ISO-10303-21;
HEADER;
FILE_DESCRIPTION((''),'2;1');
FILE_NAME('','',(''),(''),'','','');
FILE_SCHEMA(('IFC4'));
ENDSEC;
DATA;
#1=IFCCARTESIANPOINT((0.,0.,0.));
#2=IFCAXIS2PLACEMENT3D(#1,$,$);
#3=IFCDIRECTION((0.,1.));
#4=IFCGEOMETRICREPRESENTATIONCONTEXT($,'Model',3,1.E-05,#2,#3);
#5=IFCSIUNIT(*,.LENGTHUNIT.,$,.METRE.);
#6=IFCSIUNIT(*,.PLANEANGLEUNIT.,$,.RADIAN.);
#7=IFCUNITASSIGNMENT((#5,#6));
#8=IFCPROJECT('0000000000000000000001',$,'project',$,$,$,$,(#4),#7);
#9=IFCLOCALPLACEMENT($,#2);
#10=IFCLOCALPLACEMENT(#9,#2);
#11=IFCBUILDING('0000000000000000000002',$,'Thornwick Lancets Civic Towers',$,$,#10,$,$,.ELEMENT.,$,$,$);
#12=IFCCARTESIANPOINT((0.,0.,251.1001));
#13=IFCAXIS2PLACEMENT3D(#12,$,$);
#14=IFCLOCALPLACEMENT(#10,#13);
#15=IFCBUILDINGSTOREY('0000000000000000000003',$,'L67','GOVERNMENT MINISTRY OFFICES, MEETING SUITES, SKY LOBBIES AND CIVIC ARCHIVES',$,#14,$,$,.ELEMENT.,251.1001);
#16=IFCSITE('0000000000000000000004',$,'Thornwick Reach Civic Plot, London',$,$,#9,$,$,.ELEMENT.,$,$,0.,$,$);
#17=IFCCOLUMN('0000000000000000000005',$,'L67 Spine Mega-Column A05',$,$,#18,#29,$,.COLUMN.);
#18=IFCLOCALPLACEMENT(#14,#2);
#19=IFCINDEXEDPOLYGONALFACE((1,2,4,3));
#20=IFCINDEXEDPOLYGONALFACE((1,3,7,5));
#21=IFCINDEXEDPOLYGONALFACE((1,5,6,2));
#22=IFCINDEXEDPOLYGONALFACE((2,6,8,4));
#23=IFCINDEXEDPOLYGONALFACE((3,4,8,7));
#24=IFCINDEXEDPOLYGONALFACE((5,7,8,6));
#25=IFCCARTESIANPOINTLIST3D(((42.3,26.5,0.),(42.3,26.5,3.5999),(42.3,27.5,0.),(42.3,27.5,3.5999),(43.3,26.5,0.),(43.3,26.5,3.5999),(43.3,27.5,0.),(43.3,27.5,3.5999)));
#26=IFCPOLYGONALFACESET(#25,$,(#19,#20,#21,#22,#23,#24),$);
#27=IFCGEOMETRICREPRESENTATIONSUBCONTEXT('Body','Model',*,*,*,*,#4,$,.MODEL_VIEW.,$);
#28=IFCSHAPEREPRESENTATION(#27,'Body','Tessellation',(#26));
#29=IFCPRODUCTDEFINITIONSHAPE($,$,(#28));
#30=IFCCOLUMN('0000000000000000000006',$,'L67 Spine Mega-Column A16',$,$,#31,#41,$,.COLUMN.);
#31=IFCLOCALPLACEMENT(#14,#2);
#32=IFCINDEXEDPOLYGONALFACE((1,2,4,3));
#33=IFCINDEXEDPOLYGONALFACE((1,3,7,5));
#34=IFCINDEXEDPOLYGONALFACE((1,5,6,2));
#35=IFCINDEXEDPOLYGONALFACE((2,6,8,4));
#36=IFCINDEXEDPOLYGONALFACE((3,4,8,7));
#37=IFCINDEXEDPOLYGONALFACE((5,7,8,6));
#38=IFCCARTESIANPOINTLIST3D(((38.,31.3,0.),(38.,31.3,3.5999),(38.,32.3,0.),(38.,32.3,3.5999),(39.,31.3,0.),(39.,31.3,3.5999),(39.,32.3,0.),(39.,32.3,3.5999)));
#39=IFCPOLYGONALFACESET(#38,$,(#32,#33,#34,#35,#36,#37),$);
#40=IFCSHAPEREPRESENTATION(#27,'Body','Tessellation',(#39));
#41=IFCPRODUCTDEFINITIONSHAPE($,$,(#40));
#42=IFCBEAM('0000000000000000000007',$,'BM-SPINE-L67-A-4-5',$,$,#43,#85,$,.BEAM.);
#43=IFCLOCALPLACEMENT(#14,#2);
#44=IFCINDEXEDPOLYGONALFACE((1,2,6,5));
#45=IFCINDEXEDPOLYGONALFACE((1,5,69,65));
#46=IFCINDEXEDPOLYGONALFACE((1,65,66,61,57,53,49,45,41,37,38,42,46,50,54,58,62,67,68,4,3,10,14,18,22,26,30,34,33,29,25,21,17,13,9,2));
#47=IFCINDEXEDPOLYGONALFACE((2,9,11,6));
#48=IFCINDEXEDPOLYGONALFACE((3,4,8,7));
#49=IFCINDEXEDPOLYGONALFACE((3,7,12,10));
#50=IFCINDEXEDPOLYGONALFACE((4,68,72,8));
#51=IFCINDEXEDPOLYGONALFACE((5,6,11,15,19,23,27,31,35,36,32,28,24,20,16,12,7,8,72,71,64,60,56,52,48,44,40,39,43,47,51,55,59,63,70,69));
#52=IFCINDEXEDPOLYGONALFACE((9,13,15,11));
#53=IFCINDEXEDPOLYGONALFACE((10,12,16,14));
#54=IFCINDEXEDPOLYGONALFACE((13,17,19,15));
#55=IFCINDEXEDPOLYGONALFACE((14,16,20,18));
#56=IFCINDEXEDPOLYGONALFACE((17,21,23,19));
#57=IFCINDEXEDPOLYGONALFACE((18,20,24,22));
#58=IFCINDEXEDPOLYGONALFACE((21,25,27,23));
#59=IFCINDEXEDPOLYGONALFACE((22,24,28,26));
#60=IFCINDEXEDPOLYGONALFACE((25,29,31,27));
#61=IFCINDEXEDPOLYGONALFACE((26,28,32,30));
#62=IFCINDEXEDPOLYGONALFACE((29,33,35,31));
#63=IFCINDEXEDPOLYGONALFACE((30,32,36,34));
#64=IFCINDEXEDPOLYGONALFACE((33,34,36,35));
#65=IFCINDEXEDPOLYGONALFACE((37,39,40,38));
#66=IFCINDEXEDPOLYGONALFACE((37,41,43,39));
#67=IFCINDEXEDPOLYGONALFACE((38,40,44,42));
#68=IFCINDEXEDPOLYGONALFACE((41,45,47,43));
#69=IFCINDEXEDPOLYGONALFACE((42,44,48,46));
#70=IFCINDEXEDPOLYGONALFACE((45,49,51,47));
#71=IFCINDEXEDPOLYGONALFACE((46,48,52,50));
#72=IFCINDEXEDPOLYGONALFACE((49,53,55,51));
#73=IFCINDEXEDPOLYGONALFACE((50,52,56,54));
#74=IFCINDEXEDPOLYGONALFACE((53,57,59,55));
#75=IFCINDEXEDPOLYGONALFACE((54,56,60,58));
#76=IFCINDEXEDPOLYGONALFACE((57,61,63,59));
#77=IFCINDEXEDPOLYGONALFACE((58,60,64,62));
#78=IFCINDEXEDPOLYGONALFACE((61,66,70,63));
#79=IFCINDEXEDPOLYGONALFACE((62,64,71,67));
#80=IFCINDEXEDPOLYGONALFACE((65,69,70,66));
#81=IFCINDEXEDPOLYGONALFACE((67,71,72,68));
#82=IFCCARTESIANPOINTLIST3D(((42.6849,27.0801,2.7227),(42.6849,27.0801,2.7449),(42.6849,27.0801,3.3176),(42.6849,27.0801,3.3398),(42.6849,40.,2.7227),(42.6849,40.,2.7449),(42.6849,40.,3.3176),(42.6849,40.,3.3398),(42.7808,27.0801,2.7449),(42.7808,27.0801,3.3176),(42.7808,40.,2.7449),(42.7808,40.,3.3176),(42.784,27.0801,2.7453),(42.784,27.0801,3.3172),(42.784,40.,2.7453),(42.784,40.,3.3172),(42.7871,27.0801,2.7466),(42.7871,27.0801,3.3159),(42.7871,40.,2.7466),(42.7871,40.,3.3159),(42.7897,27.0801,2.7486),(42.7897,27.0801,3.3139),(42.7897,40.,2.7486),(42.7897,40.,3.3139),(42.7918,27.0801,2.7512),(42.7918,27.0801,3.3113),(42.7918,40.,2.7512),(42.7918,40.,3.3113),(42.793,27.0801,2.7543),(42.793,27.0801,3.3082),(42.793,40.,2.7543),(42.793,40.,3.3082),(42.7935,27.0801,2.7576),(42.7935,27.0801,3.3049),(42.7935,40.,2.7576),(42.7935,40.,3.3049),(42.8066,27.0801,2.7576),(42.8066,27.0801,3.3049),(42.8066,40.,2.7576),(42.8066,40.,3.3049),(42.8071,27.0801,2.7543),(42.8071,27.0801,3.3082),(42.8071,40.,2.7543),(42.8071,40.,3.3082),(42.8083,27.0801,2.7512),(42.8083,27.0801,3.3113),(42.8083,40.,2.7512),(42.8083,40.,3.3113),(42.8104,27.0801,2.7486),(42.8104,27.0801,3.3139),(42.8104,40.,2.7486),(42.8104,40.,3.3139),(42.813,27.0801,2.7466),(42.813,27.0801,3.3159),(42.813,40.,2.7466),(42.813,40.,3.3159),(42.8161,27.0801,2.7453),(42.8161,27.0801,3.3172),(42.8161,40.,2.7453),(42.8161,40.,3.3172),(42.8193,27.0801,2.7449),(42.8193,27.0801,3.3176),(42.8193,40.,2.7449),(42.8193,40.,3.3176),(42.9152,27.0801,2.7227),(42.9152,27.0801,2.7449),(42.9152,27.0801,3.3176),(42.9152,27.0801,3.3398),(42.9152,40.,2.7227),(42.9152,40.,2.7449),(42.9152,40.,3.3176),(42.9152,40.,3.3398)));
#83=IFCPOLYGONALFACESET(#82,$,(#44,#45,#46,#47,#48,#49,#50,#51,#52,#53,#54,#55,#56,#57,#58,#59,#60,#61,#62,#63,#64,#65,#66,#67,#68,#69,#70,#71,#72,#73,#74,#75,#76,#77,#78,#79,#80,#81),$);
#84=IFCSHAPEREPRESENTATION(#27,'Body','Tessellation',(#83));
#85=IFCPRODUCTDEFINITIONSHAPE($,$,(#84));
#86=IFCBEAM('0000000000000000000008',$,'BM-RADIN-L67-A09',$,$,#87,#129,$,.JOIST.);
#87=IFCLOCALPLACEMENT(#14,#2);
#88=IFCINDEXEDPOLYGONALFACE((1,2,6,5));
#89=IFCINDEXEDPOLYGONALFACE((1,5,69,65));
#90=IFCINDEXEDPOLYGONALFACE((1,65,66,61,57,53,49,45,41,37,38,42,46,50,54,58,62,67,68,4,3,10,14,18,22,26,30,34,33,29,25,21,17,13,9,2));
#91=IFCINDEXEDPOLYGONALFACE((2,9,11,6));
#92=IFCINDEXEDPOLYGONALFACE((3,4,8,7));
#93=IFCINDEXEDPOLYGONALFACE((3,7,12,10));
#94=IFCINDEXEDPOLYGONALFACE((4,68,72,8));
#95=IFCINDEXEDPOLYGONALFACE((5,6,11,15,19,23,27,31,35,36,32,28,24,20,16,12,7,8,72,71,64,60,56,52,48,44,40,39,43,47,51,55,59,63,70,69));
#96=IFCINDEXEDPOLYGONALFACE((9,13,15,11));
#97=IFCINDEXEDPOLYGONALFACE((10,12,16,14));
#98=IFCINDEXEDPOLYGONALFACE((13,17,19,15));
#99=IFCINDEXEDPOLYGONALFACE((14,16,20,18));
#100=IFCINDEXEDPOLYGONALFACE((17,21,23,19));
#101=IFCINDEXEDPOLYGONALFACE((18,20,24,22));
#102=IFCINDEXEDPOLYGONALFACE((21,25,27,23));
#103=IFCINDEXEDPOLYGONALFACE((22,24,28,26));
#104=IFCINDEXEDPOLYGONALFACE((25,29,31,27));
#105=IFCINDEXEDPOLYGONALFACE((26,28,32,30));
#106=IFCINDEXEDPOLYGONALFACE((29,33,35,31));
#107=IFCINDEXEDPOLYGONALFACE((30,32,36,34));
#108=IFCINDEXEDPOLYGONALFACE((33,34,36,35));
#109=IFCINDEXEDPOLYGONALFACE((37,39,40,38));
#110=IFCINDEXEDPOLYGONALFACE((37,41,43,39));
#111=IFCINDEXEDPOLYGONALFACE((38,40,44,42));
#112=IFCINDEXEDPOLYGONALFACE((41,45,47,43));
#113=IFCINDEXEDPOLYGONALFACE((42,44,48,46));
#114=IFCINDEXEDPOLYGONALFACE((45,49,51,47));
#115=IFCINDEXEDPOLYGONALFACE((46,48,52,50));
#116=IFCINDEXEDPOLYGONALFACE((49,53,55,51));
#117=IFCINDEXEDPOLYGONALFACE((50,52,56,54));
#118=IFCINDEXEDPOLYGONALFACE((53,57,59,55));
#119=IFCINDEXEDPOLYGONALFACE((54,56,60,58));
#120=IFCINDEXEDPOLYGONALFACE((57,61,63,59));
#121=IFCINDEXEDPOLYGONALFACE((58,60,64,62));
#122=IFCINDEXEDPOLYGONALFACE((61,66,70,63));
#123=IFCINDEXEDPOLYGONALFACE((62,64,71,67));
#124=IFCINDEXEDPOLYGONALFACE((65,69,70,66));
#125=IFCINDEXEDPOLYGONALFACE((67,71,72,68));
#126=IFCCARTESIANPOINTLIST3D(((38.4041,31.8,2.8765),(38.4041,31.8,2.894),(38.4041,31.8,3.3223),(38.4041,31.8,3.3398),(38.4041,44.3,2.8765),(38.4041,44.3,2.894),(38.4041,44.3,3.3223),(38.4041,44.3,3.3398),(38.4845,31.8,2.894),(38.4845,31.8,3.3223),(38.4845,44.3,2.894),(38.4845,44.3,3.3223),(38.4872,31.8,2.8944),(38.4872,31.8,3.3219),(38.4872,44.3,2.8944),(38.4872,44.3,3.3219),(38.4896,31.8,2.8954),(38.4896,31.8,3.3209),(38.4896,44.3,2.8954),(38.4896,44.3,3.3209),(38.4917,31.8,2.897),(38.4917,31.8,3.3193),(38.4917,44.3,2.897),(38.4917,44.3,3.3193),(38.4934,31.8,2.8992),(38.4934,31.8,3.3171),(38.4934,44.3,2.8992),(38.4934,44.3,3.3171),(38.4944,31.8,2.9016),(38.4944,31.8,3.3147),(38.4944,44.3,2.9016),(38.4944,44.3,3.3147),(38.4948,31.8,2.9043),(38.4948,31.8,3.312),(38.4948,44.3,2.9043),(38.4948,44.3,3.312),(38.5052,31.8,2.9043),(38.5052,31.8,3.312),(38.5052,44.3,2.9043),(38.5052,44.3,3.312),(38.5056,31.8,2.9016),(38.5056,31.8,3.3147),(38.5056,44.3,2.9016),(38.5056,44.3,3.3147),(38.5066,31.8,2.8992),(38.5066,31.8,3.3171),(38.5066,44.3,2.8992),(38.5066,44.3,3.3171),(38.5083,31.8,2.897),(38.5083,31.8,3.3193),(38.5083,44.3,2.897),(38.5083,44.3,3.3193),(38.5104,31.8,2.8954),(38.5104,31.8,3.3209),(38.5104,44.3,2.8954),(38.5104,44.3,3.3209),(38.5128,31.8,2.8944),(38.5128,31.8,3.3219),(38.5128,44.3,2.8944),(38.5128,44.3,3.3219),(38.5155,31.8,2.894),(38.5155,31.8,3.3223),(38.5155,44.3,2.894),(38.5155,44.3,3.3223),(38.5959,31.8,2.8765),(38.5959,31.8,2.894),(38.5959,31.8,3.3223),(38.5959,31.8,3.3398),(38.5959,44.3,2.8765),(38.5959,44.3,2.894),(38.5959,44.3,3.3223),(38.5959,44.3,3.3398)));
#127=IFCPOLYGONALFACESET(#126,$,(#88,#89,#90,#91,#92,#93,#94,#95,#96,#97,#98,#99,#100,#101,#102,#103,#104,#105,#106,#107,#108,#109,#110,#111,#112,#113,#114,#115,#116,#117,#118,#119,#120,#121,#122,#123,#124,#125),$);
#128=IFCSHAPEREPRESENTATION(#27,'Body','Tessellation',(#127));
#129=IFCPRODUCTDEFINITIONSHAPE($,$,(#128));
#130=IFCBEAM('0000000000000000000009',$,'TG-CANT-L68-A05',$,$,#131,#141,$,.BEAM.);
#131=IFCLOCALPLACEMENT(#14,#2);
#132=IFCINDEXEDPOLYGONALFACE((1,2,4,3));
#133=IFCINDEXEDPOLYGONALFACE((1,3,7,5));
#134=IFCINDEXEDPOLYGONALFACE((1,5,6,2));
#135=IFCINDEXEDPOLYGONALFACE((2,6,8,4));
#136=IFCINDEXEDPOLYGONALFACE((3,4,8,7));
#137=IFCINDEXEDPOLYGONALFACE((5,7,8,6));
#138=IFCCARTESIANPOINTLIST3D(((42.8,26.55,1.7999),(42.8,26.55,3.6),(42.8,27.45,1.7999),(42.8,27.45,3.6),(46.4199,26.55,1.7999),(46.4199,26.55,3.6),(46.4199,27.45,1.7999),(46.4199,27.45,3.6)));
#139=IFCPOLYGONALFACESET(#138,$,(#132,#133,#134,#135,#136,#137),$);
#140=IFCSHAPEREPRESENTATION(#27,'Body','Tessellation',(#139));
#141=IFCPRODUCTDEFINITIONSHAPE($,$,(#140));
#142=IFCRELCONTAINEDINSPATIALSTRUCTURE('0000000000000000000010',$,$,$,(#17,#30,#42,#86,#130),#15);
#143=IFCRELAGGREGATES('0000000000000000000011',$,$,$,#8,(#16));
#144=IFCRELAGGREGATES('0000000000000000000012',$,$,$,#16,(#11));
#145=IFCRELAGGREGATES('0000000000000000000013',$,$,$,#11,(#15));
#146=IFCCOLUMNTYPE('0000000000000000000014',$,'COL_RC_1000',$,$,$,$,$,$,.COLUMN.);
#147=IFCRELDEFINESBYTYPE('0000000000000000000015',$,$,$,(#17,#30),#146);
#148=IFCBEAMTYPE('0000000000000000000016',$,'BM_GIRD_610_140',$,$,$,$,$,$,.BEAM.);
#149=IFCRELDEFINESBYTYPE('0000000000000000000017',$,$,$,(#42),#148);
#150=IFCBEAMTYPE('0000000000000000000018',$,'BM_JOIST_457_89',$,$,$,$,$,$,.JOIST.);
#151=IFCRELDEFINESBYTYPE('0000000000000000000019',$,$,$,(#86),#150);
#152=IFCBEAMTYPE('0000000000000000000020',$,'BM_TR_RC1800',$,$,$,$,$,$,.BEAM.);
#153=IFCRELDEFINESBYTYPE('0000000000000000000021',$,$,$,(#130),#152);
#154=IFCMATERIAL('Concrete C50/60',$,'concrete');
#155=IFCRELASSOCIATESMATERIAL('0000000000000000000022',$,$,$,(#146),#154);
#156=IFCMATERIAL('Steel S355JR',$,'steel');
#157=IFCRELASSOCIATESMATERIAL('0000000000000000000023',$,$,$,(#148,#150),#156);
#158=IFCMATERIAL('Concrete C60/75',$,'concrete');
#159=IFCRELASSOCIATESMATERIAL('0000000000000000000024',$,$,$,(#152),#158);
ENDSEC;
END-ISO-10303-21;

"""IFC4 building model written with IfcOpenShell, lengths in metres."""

from ifc_helpers import new_model, si_unit, direction, frame, origin, origin_2d, place, context, subcontext, project, spatial, rectangle, i_section, extrude, material, material_profile, profile_set, type_object, element, save


model = new_model("IFC4")

# Units and contexts
model_context = context("Model", 3, precision=1e-05, world=origin(), true_north=direction((0.0, 1.0)))
body_context = subcontext(model_context, "Body", "Model", "MODEL_VIEW")
ifc_project = project(units=[si_unit("LENGTHUNIT", "METRE"), si_unit("PLANEANGLEUNIT", "RADIAN")], contexts=[model_context])

# Site, building, storey
site_placement = place(None, origin())
site = spatial("IfcSite", under=ifc_project, at=site_placement, Name="Thornwick Reach Civic Plot, London", CompositionType="ELEMENT", RefElevation=0.0)
building_placement = place(site_placement, origin())
building = spatial("IfcBuilding", under=site, at=building_placement, Name="Thornwick Lancets Civic Towers", CompositionType="ELEMENT")
storey_placement = place(building_placement, frame((0.0, 0.0, 251.1001)))
storey = spatial("IfcBuildingStorey", under=building, at=storey_placement, Name="L67", Description="GOVERNMENT MINISTRY OFFICES, MEETING SUITES, SKY LOBBIES AND CIVIC ARCHIVES", CompositionType="ELEMENT", Elevation=251.1001)

# Columns
ifc_material_1 = material(Name="Concrete C50/60", Category="concrete")
ifc_material_profile_1 = material_profile(ifc_material_1, rectangle(XDim=1.0, YDim=1.0, at=origin_2d()), Name="RC 1000x1000")
ifc_profile_set_1 = profile_set([ifc_material_profile_1], Name="Concrete C50/60")
column_type = type_object("IfcColumnType", Name="COL_RC_1000", PredefinedType="COLUMN", material=ifc_profile_set_1)
for number, where, z_axis, x_axis, name in (
    (1, (42.8, 27.0, 0.0), (0.0, 0.0, 1.0), (1.0, 0.0, 0.0), "L67 Spine Mega-Column A05"),
    (2, (38.5, 31.8, 0.0), (0.0, 0.0, 1.0), (1.0, 0.0, 0.0), "L67 Spine Mega-Column A16"),
):
    element("IfcColumn", number, at=place(storey_placement, frame(where, z_axis=z_axis, x_axis=x_axis)), inside=storey, type_object=column_type, Name=name, PredefinedType="COLUMN", context=body_context, shape_type="SweptSolid", body=[
        extrude(rectangle(XDim=1.0, YDim=1.0, at=origin_2d()), origin(), (0.0, 0.0, 1.0), 3.5999),
    ])

# Beams
ifc_material_2 = material(Name="Steel S355JR", Category="steel")
ifc_material_profile_2 = material_profile(ifc_material_2, i_section(OverallWidth=0.2302, OverallDepth=0.6172, WebThickness=0.0132, FlangeThickness=0.0222, FilletRadius=0.0127, at=origin_2d()), Name="UKB 610x229x140")
ifc_profile_set_2 = profile_set([ifc_material_profile_2], Name="Steel S355JR")
beam_type_1 = type_object("IfcBeamType", Name="BM_GIRD_610_140", PredefinedType="BEAM", material=ifc_profile_set_2)
beam_1_placement = place(storey_placement, frame((42.8, 27.0801, 3.0312), z_axis=(0.0, 1.0, 0.0), x_axis=(-1.0, 0.0, 0.0)))
element("IfcBeam", 3, at=beam_1_placement, inside=storey, type_object=beam_type_1, Name="BM-SPINE-L67-A-4-5", PredefinedType="BEAM", context=body_context, shape_type="SweptSolid", body=[
    extrude(i_section(OverallWidth=0.2302, OverallDepth=0.6172, WebThickness=0.0132, FlangeThickness=0.0222, FilletRadius=0.0127, at=origin_2d()), origin(), (0.0, 0.0, 1.0), 12.9199),
])
ifc_material_profile_3 = material_profile(ifc_material_2, i_section(OverallWidth=0.1919, OverallDepth=0.4634, WebThickness=0.0105, FlangeThickness=0.0176, FilletRadius=0.0103, at=origin_2d()), Name="UKB 457x191x89")
ifc_profile_set_3 = profile_set([ifc_material_profile_3], Name="Steel S355JR")
beam_type_2 = type_object("IfcBeamType", Name="BM_JOIST_457_89", PredefinedType="JOIST", material=ifc_profile_set_3)
beam_2_placement = place(storey_placement, frame((38.5, 31.8, 3.1082), z_axis=(0.0, 1.0, 0.0), x_axis=(-1.0, 0.0, 0.0)))
element("IfcBeam", 4, at=beam_2_placement, inside=storey, type_object=beam_type_2, Name="BM-RADIN-L67-A09", PredefinedType="JOIST", context=body_context, shape_type="SweptSolid", body=[
    extrude(i_section(OverallWidth=0.1919, OverallDepth=0.4634, WebThickness=0.0105, FlangeThickness=0.0176, FilletRadius=0.0103, at=origin_2d()), origin(), (0.0, 0.0, 1.0), 12.5),
])
ifc_material_3 = material(Name="Concrete C60/75", Category="concrete")
ifc_material_profile_4 = material_profile(ifc_material_3, rectangle(XDim=0.8999, YDim=1.8, at=origin_2d()), Name="RC 900x1800")
ifc_profile_set_4 = profile_set([ifc_material_profile_4], Name="Concrete C60/75")
beam_type_3 = type_object("IfcBeamType", Name="BM_TR_RC1800", PredefinedType="BEAM", material=ifc_profile_set_4)
beam_3_placement = place(storey_placement, frame((42.8, 27.0, 2.7), z_axis=(1.0, 0.0, 0.0), x_axis=(0.0, 1.0, 0.0)))
element("IfcBeam", 5, at=beam_3_placement, inside=storey, type_object=beam_type_3, Name="TG-CANT-L68-A05", PredefinedType="BEAM", context=body_context, shape_type="SweptSolid", body=[
    extrude(rectangle(XDim=0.8999, YDim=1.8, at=origin_2d()), origin(), (0.0, 0.0, 1.0), 3.6199),
])

save(model, "model.ifc")
